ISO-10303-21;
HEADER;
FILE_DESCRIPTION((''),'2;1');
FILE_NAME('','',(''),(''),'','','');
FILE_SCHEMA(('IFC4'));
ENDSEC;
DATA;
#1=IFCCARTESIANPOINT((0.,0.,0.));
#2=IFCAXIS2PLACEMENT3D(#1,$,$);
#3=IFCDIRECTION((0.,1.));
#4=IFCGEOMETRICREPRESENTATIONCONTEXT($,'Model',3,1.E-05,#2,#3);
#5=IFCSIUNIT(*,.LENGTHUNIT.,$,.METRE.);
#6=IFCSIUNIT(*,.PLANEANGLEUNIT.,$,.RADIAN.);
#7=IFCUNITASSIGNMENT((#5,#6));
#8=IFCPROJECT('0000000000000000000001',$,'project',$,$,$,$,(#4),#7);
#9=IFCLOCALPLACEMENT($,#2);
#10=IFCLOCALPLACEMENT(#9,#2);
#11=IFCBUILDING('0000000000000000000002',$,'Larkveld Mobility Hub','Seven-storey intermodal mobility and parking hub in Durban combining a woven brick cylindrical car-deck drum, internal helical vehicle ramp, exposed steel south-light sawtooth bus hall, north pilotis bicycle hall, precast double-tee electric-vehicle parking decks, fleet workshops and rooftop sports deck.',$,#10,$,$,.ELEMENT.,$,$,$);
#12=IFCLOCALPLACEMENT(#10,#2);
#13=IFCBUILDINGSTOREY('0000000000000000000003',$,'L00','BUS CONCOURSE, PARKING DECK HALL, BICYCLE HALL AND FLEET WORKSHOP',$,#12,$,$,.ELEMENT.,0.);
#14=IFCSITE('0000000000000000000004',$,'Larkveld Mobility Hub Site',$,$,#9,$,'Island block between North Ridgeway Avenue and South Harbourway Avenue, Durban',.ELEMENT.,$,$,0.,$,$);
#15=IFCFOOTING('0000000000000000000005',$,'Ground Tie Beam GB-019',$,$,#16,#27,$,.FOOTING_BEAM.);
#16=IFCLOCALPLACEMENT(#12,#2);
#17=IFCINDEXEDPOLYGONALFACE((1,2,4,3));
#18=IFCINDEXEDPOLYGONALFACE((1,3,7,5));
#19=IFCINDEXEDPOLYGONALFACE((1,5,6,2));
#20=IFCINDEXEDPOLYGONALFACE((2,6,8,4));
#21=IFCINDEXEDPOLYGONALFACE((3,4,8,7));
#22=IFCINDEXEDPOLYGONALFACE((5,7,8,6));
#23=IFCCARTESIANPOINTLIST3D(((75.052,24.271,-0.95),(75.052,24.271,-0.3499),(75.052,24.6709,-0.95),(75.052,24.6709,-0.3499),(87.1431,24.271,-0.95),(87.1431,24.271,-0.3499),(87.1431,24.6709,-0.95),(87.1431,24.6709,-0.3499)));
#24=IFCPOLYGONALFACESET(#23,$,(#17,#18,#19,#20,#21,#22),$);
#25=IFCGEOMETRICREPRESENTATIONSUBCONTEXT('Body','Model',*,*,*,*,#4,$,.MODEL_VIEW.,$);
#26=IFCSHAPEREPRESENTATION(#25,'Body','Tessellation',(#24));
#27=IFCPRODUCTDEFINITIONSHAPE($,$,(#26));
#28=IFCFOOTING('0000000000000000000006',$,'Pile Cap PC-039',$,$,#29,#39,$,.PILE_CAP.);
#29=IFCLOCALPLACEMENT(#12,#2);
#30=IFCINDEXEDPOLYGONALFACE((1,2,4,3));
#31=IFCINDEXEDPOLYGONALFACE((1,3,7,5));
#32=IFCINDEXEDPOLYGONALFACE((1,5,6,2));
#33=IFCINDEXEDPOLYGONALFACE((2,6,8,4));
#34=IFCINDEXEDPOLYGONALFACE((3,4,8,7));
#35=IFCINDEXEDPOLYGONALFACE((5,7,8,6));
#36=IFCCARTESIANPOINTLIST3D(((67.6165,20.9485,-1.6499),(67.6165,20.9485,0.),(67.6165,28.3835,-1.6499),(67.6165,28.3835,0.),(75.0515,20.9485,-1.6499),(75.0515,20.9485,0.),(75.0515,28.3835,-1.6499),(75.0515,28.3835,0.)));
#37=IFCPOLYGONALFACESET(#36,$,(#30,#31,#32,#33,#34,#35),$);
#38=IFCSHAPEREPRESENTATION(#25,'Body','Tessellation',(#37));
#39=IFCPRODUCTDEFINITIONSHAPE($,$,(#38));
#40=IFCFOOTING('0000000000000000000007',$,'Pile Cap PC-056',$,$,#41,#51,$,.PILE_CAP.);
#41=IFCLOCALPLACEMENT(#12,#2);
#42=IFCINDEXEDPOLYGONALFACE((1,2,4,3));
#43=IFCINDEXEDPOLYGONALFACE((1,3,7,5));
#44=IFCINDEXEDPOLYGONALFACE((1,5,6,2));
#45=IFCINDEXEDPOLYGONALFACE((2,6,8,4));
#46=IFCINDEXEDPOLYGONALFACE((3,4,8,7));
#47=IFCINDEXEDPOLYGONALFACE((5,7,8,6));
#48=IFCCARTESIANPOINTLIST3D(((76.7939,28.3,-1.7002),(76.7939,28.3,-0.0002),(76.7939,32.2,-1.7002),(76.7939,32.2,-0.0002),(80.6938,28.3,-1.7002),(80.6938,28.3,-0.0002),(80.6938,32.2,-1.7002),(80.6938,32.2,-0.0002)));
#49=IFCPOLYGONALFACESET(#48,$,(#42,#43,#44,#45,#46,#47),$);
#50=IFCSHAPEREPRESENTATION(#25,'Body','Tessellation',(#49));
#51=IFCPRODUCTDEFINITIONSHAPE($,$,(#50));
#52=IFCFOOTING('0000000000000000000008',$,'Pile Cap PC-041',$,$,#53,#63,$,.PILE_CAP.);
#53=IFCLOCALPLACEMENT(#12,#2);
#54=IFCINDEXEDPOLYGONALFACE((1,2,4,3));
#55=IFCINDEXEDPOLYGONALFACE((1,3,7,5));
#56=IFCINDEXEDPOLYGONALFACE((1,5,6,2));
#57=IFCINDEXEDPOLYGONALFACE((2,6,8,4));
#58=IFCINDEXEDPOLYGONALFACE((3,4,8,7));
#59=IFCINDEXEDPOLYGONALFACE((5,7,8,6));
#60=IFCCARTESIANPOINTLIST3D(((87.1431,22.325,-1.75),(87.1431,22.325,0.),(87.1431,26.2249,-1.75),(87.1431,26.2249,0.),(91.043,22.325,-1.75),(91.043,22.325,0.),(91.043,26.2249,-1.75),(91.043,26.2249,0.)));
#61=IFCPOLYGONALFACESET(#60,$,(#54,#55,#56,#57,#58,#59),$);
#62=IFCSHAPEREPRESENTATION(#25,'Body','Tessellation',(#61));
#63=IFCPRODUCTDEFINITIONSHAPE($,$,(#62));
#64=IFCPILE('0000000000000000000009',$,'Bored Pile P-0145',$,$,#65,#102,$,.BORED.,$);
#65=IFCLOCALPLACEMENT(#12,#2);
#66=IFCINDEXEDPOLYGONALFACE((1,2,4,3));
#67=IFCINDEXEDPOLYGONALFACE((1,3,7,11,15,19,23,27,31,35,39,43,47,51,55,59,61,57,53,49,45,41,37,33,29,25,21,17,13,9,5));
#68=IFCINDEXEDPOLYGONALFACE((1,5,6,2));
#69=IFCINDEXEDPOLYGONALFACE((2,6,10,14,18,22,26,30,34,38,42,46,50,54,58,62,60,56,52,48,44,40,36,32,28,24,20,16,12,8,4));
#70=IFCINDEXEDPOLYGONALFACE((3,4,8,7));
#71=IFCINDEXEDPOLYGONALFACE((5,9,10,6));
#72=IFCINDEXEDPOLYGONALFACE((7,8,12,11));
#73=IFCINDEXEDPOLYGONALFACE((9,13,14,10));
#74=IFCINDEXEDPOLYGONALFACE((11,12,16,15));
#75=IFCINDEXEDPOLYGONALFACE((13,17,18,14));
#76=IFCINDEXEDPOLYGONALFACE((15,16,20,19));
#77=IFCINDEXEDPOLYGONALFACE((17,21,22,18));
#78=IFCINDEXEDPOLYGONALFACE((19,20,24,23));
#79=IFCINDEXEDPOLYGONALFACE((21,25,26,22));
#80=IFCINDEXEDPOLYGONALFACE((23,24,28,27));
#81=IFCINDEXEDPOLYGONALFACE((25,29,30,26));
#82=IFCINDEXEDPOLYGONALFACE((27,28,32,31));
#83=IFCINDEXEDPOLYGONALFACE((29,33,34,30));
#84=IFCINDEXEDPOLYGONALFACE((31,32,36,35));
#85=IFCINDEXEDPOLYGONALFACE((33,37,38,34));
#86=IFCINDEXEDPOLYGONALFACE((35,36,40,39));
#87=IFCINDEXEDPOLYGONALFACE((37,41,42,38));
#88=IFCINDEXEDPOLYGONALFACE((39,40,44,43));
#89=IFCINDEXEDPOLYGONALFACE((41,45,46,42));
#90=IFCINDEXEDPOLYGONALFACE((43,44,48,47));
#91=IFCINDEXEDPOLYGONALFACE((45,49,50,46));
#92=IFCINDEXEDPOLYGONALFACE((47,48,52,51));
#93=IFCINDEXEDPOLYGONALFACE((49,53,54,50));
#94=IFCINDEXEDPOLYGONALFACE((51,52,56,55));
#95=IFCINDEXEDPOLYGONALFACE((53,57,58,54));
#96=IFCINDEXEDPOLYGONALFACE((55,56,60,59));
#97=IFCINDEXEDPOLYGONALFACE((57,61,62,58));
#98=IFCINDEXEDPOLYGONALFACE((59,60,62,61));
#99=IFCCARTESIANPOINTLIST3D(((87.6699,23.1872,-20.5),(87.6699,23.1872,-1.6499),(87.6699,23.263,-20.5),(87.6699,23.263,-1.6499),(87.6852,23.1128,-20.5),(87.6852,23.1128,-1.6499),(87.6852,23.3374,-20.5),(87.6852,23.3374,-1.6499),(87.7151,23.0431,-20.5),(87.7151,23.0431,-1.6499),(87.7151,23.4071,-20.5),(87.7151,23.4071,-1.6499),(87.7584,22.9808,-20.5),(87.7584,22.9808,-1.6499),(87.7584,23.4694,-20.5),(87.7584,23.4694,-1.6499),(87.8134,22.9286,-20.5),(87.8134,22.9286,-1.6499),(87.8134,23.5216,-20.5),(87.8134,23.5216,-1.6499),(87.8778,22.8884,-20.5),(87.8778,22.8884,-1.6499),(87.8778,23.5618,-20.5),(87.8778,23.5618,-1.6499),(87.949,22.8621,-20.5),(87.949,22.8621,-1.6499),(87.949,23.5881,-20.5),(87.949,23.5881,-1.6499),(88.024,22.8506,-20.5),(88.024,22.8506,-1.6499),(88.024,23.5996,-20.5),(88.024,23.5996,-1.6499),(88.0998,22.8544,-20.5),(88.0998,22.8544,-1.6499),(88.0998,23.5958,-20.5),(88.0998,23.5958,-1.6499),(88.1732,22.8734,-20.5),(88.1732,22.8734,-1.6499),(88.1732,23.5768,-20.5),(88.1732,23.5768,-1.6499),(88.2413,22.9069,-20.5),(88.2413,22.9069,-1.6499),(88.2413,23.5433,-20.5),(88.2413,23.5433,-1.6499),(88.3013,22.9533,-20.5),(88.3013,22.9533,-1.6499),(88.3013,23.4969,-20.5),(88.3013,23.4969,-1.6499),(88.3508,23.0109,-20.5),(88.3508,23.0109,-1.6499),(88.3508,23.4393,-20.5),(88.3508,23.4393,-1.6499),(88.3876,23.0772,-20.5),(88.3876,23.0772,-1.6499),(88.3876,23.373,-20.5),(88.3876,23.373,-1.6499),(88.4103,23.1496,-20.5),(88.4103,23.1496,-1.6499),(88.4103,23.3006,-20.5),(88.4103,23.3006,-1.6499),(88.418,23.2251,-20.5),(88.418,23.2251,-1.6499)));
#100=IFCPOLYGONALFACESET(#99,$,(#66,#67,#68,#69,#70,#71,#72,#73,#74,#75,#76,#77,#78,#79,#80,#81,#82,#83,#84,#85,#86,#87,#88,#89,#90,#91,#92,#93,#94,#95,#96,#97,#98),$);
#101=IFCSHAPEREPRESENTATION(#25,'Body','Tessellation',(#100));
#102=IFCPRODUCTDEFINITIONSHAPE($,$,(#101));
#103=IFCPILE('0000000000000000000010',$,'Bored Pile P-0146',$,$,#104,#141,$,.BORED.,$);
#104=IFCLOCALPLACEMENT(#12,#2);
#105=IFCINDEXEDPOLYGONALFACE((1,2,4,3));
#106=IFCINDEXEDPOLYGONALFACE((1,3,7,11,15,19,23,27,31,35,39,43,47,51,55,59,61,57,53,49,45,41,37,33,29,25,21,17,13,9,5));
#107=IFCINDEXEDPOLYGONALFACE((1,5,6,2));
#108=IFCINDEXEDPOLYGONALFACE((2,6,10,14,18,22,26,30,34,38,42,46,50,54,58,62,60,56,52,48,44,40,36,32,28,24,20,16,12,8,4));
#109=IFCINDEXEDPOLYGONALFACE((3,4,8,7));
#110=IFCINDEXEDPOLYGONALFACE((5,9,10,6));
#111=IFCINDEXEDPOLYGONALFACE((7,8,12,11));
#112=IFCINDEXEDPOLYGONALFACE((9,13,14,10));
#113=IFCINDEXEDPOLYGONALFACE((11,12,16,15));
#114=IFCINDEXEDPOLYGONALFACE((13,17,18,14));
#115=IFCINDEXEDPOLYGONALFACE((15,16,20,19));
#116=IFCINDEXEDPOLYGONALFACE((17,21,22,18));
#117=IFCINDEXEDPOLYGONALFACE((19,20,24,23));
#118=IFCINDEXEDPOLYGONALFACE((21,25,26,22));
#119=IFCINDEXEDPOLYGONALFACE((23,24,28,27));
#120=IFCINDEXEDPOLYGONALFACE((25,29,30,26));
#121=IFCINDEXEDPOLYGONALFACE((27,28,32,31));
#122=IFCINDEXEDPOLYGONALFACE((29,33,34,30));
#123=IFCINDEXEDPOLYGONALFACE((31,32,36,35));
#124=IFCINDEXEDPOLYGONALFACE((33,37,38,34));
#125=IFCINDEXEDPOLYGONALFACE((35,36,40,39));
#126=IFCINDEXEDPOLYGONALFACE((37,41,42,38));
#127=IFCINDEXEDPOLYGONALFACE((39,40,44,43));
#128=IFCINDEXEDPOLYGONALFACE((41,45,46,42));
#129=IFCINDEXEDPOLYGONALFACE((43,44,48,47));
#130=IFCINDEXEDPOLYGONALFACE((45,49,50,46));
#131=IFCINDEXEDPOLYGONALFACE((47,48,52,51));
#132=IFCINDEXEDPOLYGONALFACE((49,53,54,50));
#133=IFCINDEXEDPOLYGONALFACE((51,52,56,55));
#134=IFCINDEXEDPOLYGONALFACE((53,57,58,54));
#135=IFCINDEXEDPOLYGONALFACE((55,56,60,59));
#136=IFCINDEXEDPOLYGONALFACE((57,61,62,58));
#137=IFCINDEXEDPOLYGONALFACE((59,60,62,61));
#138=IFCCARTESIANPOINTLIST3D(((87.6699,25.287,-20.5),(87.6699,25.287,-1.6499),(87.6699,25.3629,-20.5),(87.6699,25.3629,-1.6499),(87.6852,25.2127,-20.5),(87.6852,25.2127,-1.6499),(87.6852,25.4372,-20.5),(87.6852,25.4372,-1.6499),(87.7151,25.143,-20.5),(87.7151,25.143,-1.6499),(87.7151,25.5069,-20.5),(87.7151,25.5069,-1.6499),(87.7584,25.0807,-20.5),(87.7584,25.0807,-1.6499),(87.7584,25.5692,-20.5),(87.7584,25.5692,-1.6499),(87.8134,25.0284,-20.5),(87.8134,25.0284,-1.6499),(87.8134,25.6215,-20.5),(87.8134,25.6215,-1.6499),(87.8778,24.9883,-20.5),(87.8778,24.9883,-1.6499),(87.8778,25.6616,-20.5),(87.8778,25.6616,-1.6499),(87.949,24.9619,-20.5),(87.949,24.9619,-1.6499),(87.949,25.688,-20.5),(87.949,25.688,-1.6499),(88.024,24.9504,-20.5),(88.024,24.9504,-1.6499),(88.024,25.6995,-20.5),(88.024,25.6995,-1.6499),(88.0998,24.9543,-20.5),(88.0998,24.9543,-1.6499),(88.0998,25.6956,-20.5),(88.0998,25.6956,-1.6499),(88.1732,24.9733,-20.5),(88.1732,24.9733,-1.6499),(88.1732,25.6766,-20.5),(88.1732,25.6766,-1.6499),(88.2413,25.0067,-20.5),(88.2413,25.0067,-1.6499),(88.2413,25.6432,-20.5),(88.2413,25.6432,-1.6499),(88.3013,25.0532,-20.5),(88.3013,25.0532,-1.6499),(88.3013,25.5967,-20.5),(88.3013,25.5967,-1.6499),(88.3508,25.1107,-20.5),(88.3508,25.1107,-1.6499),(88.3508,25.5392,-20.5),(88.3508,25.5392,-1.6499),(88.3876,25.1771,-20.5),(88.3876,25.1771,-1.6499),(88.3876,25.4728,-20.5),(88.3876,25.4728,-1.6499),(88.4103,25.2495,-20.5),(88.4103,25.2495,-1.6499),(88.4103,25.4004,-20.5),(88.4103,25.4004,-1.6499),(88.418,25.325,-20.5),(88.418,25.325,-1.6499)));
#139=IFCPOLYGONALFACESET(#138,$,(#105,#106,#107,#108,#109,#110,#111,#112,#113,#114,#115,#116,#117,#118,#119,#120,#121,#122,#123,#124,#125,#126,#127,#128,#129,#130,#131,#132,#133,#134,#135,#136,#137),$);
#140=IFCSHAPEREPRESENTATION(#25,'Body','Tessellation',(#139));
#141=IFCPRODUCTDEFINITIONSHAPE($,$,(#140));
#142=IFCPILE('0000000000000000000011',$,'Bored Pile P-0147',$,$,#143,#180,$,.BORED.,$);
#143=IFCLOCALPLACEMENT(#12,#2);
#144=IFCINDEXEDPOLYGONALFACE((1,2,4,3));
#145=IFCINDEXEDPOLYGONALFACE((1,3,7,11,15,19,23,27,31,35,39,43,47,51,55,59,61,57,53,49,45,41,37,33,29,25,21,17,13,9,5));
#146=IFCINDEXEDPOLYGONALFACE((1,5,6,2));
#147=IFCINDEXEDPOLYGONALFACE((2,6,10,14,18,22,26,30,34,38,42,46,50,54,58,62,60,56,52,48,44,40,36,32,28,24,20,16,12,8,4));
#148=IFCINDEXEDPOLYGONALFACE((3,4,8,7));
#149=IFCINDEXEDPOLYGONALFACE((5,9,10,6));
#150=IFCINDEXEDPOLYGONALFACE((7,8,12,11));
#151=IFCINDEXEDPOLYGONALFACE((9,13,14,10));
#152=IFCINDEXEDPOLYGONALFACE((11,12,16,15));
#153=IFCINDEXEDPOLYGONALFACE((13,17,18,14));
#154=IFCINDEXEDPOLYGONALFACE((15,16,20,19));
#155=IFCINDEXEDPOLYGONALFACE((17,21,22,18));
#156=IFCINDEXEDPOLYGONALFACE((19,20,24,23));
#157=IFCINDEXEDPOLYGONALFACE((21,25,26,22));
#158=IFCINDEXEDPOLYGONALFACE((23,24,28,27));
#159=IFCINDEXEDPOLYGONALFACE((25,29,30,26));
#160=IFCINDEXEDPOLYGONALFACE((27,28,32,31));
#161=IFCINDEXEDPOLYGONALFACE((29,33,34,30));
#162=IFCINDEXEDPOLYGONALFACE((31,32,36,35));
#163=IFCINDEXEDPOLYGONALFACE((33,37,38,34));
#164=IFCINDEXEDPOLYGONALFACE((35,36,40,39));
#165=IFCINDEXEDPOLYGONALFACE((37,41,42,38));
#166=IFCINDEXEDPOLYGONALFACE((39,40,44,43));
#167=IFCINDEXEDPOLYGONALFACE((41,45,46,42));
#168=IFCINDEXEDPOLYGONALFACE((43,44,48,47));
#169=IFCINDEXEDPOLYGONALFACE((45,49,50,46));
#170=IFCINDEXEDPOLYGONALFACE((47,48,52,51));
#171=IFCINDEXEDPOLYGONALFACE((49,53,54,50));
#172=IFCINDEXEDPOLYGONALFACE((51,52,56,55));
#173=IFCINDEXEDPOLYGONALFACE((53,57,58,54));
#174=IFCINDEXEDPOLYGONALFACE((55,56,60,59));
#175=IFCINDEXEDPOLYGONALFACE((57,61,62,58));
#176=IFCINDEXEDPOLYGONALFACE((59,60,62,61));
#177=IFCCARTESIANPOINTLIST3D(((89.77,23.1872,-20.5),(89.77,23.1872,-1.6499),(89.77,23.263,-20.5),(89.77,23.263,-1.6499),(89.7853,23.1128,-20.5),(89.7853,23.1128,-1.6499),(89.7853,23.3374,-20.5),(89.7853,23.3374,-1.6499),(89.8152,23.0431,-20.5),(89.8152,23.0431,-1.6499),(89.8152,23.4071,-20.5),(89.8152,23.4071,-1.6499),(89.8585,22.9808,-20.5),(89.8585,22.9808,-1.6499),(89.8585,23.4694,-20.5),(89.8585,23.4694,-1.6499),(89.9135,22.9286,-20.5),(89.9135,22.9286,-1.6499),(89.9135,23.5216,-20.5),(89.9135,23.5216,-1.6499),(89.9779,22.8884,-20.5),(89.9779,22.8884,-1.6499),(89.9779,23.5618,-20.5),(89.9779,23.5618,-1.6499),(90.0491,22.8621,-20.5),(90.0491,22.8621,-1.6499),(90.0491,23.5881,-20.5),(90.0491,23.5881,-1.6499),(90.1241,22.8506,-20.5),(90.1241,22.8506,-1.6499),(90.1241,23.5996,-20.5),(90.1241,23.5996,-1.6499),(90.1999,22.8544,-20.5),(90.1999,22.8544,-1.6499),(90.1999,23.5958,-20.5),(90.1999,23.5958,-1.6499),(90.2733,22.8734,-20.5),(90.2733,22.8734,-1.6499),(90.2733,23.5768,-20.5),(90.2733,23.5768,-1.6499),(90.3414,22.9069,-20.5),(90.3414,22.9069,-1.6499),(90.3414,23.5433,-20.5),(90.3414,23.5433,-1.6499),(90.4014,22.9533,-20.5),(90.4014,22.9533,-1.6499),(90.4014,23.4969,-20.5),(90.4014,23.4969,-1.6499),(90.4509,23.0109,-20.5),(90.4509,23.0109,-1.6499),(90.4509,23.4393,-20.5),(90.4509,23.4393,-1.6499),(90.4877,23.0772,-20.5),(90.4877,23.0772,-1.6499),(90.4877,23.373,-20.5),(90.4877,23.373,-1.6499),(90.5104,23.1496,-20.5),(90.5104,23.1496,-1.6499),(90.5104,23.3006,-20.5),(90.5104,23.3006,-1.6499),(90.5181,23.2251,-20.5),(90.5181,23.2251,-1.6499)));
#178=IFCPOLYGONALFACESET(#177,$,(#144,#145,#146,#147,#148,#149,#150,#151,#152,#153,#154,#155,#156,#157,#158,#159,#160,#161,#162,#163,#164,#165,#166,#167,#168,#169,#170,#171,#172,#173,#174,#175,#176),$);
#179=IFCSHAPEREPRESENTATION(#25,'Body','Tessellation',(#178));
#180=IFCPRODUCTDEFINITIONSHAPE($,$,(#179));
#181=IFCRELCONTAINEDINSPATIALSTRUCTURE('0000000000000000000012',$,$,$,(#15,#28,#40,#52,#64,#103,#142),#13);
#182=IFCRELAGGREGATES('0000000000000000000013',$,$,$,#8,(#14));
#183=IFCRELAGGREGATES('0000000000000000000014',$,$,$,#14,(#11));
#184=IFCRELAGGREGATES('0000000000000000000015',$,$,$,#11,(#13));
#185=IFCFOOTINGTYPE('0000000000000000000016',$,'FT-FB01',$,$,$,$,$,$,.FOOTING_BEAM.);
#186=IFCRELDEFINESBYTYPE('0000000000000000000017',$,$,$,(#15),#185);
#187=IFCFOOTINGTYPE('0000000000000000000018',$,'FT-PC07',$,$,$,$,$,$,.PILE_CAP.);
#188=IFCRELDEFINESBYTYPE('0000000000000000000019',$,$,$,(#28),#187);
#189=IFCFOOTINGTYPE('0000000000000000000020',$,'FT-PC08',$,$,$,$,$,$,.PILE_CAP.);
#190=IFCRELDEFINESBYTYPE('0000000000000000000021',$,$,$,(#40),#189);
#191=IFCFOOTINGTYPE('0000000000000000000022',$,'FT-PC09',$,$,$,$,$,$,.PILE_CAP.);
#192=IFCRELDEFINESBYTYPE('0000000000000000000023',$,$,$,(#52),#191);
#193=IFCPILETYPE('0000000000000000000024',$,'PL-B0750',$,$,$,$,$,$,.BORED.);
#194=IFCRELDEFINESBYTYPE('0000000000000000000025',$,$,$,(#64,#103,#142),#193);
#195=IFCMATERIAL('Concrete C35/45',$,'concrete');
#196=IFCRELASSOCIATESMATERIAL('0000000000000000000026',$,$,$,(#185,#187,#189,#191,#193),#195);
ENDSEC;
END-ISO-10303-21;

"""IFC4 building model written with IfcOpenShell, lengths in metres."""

from ifc_helpers import new_model, si_unit, direction, frame, origin, origin_2d, place, context, subcontext, project, spatial, rectangle, circle, extrude, material, material_profile, profile_set, type_object, element, save


model = new_model("IFC4")

# Units and contexts
model_context = context("Model", 3, precision=1e-05, world=origin(), true_north=direction((0.0, 1.0)))
body_context = subcontext(model_context, "Body", "Model", "MODEL_VIEW")
ifc_project = project(units=[si_unit("LENGTHUNIT", "METRE"), si_unit("PLANEANGLEUNIT", "RADIAN")], contexts=[model_context])

# Site, building, storey
site_placement = place(None, origin())
site = spatial("IfcSite", under=ifc_project, at=site_placement, Name="Larkveld Mobility Hub Site", LongName="Island block between North Ridgeway Avenue and South Harbourway Avenue, Durban", CompositionType="ELEMENT", RefElevation=0.0)
building_placement = place(site_placement, origin())
building = spatial("IfcBuilding", under=site, at=building_placement, Name="Larkveld Mobility Hub", Description="Seven-storey intermodal mobility and parking hub in Durban combining a woven brick cylindrical car-deck drum, internal helical vehicle ramp, exposed steel south-light sawtooth bus hall, north pilotis bicycle hall, precast double-tee electric-vehicle parking decks, fleet workshops and rooftop sports deck.", CompositionType="ELEMENT")
storey_placement = place(building_placement, origin())
storey = spatial("IfcBuildingStorey", under=building, at=storey_placement, Name="L00", Description="BUS CONCOURSE, PARKING DECK HALL, BICYCLE HALL AND FLEET WORKSHOP", CompositionType="ELEMENT", Elevation=0.0)

# Footings
ifc_material_1 = material(Name="Concrete C35/45", Category="concrete")
ifc_material_profile_1 = material_profile(ifc_material_1, rectangle(XDim=0.3999, YDim=0.6001, at=origin_2d()), Name="RC BM 400x600")
ifc_profile_set_1 = profile_set([ifc_material_profile_1], Name="Concrete C35/45")
footing_type_1 = type_object("IfcFootingType", Name="FT-FB01", PredefinedType="FOOTING_BEAM", material=ifc_profile_set_1)
footing_1_placement = place(storey_placement, frame((75.052, 24.4709, -0.6499), z_axis=(1.0, 0.0, 0.0), x_axis=(0.0, 1.0, 0.0)))
element("IfcFooting", 1, at=footing_1_placement, inside=storey, type_object=footing_type_1, Name="Ground Tie Beam GB-019", PredefinedType="FOOTING_BEAM", context=body_context, shape_type="SweptSolid", body=[
    extrude(rectangle(XDim=0.3999, YDim=0.6001, at=origin_2d()), origin(), (0.0, 0.0, 1.0), 12.0911),
])
footing_type_2 = type_object("IfcFootingType", Name="FT-PC07", PredefinedType="PILE_CAP", material=ifc_material_1)
footing_2_placement = place(storey_placement, frame((71.334, 24.666, -1.6499), z_axis=(0.0, 0.0, 1.0), x_axis=(1.0, 0.0, 0.0)))
element("IfcFooting", 2, at=footing_2_placement, inside=storey, type_object=footing_type_2, Name="Pile Cap PC-039", PredefinedType="PILE_CAP", context=body_context, shape_type="SweptSolid", body=[
    extrude(rectangle(XDim=7.4351, YDim=7.4351, at=origin_2d()), origin(), (0.0, 0.0, 1.0), 1.6499),
])
footing_type_3 = type_object("IfcFootingType", Name="FT-PC08", PredefinedType="PILE_CAP", material=ifc_material_1)
footing_3_placement = place(storey_placement, frame((78.7439, 30.25, -1.7002), z_axis=(0.0, 0.0, 1.0), x_axis=(1.0, 0.0, 0.0)))
element("IfcFooting", 3, at=footing_3_placement, inside=storey, type_object=footing_type_3, Name="Pile Cap PC-056", PredefinedType="PILE_CAP", context=body_context, shape_type="SweptSolid", body=[
    extrude(rectangle(XDim=3.8999, YDim=3.8999, at=origin_2d()), origin(), (0.0, 0.0, 1.0), 1.7),
])
footing_type_4 = type_object("IfcFootingType", Name="FT-PC09", PredefinedType="PILE_CAP", material=ifc_material_1)
footing_4_placement = place(storey_placement, frame((89.093, 24.2749, -1.75), z_axis=(0.0, 0.0, 1.0), x_axis=(1.0, 0.0, 0.0)))
element("IfcFooting", 4, at=footing_4_placement, inside=storey, type_object=footing_type_4, Name="Pile Cap PC-041", PredefinedType="PILE_CAP", context=body_context, shape_type="SweptSolid", body=[
    extrude(rectangle(XDim=3.8999, YDim=3.8999, at=origin_2d()), origin(), (0.0, 0.0, 1.0), 1.75),
])

# Piles
ifc_material_profile_2 = material_profile(ifc_material_1, circle(Radius=0.375, at=origin_2d()), Name="PILE D750")
ifc_profile_set_2 = profile_set([ifc_material_profile_2], Name="Concrete C35/45")
pile_type_1 = type_object("IfcPileType", Name="PL-B0750", PredefinedType="BORED", material=ifc_profile_set_2)
for number, where, z_axis, x_axis, name in (
    (5, (88.043, 23.2251, -1.6499), (0.0, 0.0, -1.0), (1.0, 0.0, 0.0), "Bored Pile P-0145"),
    (6, (88.043, 25.325, -1.6499), (0.0, 0.0, -1.0), (1.0, 0.0, 0.0), "Bored Pile P-0146"),
    (7, (90.1431, 23.2251, -1.6499), (0.0, 0.0, -1.0), (1.0, 0.0, 0.0), "Bored Pile P-0147"),
):
    element("IfcPile", number, at=place(storey_placement, frame(where, z_axis=z_axis, x_axis=x_axis)), inside=storey, type_object=pile_type_1, Name=name, PredefinedType="BORED", context=body_context, shape_type="SweptSolid", body=[
        extrude(circle(Radius=0.375, at=origin_2d()), origin(), (0.0, 0.0, 1.0), 18.8501),
    ])

save(model, "model.ifc")
